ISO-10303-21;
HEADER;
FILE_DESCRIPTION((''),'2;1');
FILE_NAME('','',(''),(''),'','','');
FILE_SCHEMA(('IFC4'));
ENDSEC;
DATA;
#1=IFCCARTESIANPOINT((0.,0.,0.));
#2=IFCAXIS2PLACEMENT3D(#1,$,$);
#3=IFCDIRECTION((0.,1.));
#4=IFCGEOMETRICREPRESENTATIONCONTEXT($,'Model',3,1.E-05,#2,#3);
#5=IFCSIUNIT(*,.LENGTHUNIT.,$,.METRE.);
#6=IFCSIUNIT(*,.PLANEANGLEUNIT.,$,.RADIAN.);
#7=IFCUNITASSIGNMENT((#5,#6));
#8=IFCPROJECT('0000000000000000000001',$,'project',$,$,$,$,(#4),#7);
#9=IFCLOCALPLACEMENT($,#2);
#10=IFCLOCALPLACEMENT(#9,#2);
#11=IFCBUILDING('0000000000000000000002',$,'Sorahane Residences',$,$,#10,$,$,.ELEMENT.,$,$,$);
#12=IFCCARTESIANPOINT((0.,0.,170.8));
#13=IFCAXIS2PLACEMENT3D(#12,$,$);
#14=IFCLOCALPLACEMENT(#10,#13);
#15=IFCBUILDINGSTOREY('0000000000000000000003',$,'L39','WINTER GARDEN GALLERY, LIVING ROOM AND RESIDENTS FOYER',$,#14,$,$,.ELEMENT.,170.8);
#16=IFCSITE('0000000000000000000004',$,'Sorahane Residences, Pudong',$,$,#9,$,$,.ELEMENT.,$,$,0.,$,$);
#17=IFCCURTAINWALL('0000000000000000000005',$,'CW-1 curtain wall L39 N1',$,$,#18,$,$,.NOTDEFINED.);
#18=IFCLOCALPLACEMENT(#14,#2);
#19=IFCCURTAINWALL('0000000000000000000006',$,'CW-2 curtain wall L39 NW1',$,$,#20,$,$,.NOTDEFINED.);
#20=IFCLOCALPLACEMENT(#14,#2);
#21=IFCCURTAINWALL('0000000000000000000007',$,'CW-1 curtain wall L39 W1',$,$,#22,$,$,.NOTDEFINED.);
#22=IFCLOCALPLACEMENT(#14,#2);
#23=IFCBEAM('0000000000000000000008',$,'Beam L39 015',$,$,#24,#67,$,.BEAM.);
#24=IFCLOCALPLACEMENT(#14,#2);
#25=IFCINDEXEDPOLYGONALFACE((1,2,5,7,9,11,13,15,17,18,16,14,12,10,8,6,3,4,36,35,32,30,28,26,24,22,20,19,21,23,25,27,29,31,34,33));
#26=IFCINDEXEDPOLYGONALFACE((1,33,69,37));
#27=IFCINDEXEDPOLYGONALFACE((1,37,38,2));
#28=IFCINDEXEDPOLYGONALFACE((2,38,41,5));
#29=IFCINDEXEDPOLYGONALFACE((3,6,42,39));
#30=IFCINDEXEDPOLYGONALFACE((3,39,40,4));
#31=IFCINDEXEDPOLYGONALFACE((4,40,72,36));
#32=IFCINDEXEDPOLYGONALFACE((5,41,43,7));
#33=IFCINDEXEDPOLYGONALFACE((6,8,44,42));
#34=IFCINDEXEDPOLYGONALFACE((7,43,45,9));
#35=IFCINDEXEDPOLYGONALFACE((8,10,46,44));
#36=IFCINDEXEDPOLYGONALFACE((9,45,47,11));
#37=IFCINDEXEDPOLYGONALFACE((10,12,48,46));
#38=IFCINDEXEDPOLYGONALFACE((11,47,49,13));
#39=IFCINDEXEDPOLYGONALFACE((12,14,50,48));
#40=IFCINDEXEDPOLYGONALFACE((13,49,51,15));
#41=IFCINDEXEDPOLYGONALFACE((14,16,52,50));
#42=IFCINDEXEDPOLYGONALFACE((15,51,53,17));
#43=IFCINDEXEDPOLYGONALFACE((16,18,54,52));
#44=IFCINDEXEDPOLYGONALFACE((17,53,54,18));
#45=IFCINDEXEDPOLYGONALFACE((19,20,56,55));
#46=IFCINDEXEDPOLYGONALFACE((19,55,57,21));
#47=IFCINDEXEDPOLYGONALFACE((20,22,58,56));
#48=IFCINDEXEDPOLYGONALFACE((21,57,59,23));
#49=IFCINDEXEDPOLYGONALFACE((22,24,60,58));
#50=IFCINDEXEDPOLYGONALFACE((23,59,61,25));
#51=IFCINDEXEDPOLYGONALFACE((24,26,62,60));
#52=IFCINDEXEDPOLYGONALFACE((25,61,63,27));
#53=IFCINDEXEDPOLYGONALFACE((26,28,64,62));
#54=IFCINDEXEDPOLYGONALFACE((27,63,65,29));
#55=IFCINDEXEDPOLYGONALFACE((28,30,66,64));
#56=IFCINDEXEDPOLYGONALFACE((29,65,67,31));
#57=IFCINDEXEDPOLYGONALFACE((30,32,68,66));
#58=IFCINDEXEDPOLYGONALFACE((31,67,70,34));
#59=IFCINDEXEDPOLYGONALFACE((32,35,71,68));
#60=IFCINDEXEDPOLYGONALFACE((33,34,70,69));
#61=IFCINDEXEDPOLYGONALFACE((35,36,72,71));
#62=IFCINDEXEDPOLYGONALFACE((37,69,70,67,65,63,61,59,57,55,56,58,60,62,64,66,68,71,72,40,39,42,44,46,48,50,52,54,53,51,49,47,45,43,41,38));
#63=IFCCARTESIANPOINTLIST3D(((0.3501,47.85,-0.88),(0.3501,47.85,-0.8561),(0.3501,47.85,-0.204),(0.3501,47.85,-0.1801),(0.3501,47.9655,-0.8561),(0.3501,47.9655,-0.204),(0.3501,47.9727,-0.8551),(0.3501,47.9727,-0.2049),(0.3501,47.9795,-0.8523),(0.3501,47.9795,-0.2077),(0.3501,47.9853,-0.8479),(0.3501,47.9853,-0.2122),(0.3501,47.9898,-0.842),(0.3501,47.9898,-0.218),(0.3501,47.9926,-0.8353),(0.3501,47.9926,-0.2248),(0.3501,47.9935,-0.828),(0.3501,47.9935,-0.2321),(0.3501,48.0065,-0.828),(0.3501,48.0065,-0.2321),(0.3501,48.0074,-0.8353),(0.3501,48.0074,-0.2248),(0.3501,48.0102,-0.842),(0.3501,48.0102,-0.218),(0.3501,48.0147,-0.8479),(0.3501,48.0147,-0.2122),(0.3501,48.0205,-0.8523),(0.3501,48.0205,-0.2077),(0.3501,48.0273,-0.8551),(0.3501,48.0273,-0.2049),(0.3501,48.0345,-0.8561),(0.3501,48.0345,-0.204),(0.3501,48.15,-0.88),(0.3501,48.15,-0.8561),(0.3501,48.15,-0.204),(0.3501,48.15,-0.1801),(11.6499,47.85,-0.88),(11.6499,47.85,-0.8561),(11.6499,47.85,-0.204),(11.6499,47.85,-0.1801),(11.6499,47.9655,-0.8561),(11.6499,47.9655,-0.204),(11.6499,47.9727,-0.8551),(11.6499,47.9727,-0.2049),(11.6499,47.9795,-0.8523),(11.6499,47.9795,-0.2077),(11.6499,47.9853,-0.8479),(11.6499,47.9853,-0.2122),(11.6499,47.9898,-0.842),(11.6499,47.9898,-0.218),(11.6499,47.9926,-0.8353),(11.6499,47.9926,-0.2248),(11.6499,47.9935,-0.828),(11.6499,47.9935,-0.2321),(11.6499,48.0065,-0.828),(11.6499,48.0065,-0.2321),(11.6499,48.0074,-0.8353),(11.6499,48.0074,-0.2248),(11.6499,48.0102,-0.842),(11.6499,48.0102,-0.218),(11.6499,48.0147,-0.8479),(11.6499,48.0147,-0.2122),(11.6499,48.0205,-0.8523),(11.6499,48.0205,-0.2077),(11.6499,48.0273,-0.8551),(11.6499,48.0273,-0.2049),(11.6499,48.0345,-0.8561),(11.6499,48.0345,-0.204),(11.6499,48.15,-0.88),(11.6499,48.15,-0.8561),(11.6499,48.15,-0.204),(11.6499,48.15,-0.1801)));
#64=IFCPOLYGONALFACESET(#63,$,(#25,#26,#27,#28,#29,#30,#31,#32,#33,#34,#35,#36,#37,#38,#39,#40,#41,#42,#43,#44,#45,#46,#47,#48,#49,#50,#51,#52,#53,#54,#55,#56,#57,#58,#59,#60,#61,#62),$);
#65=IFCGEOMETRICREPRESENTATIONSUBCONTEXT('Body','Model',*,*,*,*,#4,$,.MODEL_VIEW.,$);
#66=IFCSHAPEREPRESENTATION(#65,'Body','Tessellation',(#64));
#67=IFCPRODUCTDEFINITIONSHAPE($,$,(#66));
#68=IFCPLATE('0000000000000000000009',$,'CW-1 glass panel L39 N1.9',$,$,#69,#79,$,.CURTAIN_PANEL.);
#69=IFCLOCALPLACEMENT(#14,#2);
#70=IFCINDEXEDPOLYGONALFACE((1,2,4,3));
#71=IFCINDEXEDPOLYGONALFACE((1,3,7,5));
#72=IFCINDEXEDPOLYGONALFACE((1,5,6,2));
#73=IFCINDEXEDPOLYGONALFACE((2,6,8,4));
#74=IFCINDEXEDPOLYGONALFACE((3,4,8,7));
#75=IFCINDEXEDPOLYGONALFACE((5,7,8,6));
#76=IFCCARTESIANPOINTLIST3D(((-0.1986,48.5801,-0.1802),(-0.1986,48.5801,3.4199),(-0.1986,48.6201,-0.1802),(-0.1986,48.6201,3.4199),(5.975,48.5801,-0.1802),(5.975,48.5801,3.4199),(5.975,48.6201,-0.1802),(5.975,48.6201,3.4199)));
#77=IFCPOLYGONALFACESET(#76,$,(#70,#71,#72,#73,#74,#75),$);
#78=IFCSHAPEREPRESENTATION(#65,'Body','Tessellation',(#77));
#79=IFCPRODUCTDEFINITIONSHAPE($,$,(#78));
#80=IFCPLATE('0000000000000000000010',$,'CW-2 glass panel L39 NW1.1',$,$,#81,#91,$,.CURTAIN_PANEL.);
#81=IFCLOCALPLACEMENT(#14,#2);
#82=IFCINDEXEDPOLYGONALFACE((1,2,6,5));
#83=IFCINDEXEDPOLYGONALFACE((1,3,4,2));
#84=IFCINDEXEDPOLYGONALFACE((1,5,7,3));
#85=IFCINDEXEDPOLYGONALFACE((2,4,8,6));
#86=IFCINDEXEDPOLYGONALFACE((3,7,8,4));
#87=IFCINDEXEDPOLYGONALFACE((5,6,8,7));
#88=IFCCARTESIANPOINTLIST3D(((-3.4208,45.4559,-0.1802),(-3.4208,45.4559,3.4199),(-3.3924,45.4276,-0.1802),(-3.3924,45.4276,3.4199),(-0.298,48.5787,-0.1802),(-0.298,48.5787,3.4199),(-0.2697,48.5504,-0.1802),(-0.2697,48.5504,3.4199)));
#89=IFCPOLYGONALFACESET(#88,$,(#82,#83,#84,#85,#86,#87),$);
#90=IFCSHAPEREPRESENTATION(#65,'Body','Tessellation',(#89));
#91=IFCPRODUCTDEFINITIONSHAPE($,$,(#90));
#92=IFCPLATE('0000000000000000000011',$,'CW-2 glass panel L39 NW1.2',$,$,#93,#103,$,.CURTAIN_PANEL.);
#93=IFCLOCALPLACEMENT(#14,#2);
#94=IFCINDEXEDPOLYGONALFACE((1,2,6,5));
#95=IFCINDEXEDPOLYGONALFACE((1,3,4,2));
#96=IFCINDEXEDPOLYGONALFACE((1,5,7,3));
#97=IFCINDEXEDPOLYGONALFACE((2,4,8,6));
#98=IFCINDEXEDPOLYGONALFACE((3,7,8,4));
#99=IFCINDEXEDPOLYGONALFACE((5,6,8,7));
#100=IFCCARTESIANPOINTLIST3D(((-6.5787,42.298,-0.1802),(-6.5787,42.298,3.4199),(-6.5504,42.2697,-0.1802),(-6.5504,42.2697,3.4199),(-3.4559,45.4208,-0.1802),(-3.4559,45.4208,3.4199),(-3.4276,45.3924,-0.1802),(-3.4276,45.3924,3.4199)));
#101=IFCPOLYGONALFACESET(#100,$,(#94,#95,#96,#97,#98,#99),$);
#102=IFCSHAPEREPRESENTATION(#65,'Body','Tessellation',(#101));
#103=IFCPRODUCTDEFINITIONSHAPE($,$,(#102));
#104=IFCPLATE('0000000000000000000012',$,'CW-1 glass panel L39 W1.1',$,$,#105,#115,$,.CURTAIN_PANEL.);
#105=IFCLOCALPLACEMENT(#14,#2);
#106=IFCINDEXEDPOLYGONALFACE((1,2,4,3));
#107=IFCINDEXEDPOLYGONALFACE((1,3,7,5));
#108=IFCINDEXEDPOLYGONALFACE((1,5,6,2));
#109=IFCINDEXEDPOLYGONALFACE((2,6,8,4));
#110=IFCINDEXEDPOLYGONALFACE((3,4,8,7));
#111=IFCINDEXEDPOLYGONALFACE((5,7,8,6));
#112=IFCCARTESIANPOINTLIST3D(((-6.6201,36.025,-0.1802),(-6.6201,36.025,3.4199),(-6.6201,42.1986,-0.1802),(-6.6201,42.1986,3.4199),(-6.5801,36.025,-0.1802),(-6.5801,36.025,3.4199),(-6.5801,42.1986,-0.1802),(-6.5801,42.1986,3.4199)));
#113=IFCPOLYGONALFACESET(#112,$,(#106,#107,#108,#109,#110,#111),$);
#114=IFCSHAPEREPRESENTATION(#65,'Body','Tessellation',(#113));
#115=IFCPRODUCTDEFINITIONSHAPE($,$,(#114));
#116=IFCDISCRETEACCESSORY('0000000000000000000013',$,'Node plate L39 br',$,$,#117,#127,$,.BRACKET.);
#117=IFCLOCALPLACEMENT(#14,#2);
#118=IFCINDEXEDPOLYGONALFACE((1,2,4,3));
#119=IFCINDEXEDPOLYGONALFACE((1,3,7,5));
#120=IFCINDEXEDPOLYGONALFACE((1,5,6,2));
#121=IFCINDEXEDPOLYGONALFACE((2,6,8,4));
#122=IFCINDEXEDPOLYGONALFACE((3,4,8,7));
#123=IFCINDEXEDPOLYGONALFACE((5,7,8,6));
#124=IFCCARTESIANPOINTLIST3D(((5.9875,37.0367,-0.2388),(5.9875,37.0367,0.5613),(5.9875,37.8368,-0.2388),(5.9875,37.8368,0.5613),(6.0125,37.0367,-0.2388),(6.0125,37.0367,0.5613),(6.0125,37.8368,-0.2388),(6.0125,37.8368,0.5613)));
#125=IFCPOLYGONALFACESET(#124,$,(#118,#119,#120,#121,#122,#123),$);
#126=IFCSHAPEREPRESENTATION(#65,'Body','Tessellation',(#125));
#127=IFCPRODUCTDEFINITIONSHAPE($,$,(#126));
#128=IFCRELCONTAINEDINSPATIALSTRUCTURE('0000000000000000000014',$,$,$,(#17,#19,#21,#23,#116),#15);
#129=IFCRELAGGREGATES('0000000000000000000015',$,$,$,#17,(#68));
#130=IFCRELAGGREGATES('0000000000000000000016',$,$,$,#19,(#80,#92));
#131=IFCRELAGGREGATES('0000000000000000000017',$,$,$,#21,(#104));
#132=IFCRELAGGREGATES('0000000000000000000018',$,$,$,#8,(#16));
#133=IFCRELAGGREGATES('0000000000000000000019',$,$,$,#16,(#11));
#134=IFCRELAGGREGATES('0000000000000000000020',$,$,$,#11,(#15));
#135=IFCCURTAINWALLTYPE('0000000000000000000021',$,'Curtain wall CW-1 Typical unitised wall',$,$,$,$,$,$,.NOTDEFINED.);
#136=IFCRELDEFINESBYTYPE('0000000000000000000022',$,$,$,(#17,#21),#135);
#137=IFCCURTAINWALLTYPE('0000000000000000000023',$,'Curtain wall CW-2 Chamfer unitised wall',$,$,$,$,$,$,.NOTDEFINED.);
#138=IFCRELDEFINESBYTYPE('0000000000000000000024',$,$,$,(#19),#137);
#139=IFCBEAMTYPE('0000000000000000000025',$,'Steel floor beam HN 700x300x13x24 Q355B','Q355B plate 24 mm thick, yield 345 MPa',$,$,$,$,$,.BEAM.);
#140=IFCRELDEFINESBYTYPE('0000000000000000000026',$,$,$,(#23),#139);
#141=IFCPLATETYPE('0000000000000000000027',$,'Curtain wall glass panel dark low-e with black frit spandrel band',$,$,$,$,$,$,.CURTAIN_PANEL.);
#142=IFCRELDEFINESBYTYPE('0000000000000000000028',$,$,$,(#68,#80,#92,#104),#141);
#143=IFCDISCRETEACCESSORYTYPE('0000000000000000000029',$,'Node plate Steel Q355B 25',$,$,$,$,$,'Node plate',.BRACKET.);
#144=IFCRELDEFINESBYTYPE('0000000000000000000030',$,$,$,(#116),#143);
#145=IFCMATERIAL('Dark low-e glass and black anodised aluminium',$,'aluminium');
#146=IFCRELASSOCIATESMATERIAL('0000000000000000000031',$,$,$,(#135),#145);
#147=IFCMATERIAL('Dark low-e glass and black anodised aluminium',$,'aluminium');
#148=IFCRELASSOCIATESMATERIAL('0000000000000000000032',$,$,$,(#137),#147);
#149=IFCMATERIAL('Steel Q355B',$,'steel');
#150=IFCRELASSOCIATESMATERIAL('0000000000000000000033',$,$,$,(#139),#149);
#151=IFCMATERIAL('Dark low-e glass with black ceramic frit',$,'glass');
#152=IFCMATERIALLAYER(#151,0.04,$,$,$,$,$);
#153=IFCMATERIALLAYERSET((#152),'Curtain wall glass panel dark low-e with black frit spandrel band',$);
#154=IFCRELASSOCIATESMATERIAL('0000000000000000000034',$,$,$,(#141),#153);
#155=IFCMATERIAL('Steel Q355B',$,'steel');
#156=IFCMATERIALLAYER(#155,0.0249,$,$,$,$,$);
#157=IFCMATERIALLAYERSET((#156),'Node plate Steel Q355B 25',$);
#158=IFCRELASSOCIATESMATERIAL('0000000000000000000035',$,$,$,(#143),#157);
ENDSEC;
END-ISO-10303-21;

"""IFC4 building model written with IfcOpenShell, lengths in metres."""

from ifc_helpers import new_model, si_unit, direction, frame, origin, origin_2d, place, context, subcontext, project, spatial, rectangle, i_section, extrude, material, layer, layer_set, material_profile, profile_set, type_object, element, aggregate, save


model = new_model("IFC4")

# Units and contexts
model_context = context("Model", 3, precision=1e-05, world=origin(), true_north=direction((0.0, 1.0)))
body_context = subcontext(model_context, "Body", "Model", "MODEL_VIEW")
ifc_project = project(units=[si_unit("LENGTHUNIT", "METRE"), si_unit("PLANEANGLEUNIT", "RADIAN")], contexts=[model_context])

# Site, building, storey
site_placement = place(None, origin())
site = spatial("IfcSite", under=ifc_project, at=site_placement, Name="Sorahane Residences, Pudong", CompositionType="ELEMENT", RefElevation=0.0)
building_placement = place(site_placement, origin())
building = spatial("IfcBuilding", under=site, at=building_placement, Name="Sorahane Residences", CompositionType="ELEMENT")
storey_placement = place(building_placement, frame((0.0, 0.0, 170.8)))
storey = spatial("IfcBuildingStorey", under=building, at=storey_placement, Name="L39", Description="WINTER GARDEN GALLERY, LIVING ROOM AND RESIDENTS FOYER", CompositionType="ELEMENT", Elevation=170.8)

# Curtain walls
ifc_material_1 = material(Name="Dark low-e glass and black anodised aluminium", Category="aluminium")
curtain_wall_type_1 = type_object("IfcCurtainWallType", Name="Curtain wall CW-1 Typical unitised wall", PredefinedType="NOTDEFINED", material=ifc_material_1)
curtain_wall_1_placement = place(storey_placement, origin())
curtain_wall_1 = element("IfcCurtainWall", 1, at=curtain_wall_1_placement, inside=storey, type_object=curtain_wall_type_1, Name="CW-1 curtain wall L39 N1", PredefinedType="NOTDEFINED")
ifc_material_2 = material(Name="Dark low-e glass and black anodised aluminium", Category="aluminium")
curtain_wall_type_2 = type_object("IfcCurtainWallType", Name="Curtain wall CW-2 Chamfer unitised wall", PredefinedType="NOTDEFINED", material=ifc_material_2)
curtain_wall_2_placement = place(storey_placement, origin())
curtain_wall_2 = element("IfcCurtainWall", 2, at=curtain_wall_2_placement, inside=storey, type_object=curtain_wall_type_2, Name="CW-2 curtain wall L39 NW1", PredefinedType="NOTDEFINED")

# Curtain wall
curtain_wall_3_placement = place(storey_placement, origin())
curtain_wall_3 = element("IfcCurtainWall", 3, at=curtain_wall_3_placement, inside=storey, type_object=curtain_wall_type_1, Name="CW-1 curtain wall L39 W1", PredefinedType="NOTDEFINED")

# Beam
ifc_material_3 = material(Name="Steel Q355B", Category="steel")
ifc_material_profile_1 = material_profile(ifc_material_3, i_section(OverallWidth=0.3, OverallDepth=0.7, WebThickness=0.0129, FlangeThickness=0.0239, FilletRadius=0.0281, at=origin_2d()), Name="HN 700x300x13x24")
ifc_profile_set_1 = profile_set([ifc_material_profile_1], Name="Steel Q355B")
beam_type_1 = type_object("IfcBeamType", Name="Steel floor beam HN 700x300x13x24 Q355B", Description="Q355B plate 24 mm thick, yield 345 MPa", PredefinedType="BEAM", material=ifc_profile_set_1)
beam_1_placement = place(storey_placement, frame((0.3501, 48.0, -0.53), z_axis=(1.0, 0.0, 0.0), x_axis=(0.0, 1.0, 0.0)))
element("IfcBeam", 4, at=beam_1_placement, inside=storey, type_object=beam_type_1, Name="Beam L39 015", PredefinedType="BEAM", context=body_context, shape_type="SweptSolid", body=[
    extrude(i_section(OverallWidth=0.3, OverallDepth=0.7, WebThickness=0.0129, FlangeThickness=0.0239, FilletRadius=0.0281, at=origin_2d()), origin(), (0.0, 0.0, 1.0), 11.2998),
])

# Plates
ifc_material_4 = material(Name="Dark low-e glass with black ceramic frit", Category="glass")
ifc_layer_1 = layer(ifc_material_4, 0.04)
ifc_layer_set_1 = layer_set([ifc_layer_1], Name="Curtain wall glass panel dark low-e with black frit spandrel band")
plate_type = type_object("IfcPlateType", Name="Curtain wall glass panel dark low-e with black frit spandrel band", PredefinedType="CURTAIN_PANEL", material=ifc_layer_set_1)
plate_1_placement = place(storey_placement, frame((2.8882, 48.6001, -0.1802), z_axis=(0.0, 0.0, 1.0), x_axis=(-1.0, 0.0, 0.0)))
plate_1 = element("IfcPlate", 5, at=plate_1_placement, type_object=plate_type, Name="CW-1 glass panel L39 N1.9", PredefinedType="CURTAIN_PANEL", context=body_context, shape_type="SweptSolid", body=[
    extrude(rectangle(XDim=6.1736, YDim=0.04, at=origin_2d()), origin(), (0.0, 0.0, 1.0), 3.6001),
])
aggregate(curtain_wall_1, [plate_1])
plate_2_placement = place(storey_placement, frame((-1.8452, 47.0032, -0.1802), z_axis=(0.0, 0.0, 1.0), x_axis=(-0.707107, -0.707107, 0.0)))
plate_2 = element("IfcPlate", 6, at=plate_2_placement, type_object=plate_type, Name="CW-2 glass panel L39 NW1.1", PredefinedType="CURTAIN_PANEL", context=body_context, shape_type="SweptSolid", body=[
    extrude(rectangle(XDim=4.4163, YDim=0.04, at=origin_2d()), origin(), (0.0, 0.0, 1.0), 3.6001),
])
plate_3_placement = place(storey_placement, frame((-5.0032, 43.8452, -0.1802), z_axis=(0.0, 0.0, 1.0), x_axis=(-0.707107, -0.707107, 0.0)))
plate_3 = element("IfcPlate", 7, at=plate_3_placement, type_object=plate_type, Name="CW-2 glass panel L39 NW1.2", PredefinedType="CURTAIN_PANEL", context=body_context, shape_type="SweptSolid", body=[
    extrude(rectangle(XDim=4.4163, YDim=0.04, at=origin_2d()), origin(), (0.0, 0.0, 1.0), 3.6001),
])
aggregate(curtain_wall_2, [plate_2, plate_3])
plate_4_placement = place(storey_placement, frame((-6.6001, 39.1118, -0.1802), z_axis=(0.0, 0.0, 1.0), x_axis=(0.0, -1.0, 0.0)))
plate_4 = element("IfcPlate", 8, at=plate_4_placement, type_object=plate_type, Name="CW-1 glass panel L39 W1.1", PredefinedType="CURTAIN_PANEL", context=body_context, shape_type="SweptSolid", body=[
    extrude(rectangle(XDim=6.1736, YDim=0.04, at=origin_2d()), origin(), (0.0, 0.0, 1.0), 3.6001),
])
aggregate(curtain_wall_3, [plate_4])

# Discrete accessory
ifc_material_5 = material(Name="Steel Q355B", Category="steel")
ifc_layer_2 = layer(ifc_material_5, 0.0249)
ifc_layer_set_2 = layer_set([ifc_layer_2], Name="Node plate Steel Q355B 25")
discrete_accessory_type = type_object("IfcDiscreteAccessoryType", Name="Node plate Steel Q355B 25", ElementType="Node plate", PredefinedType="BRACKET", material=ifc_layer_set_2)
discrete_accessory_placement = place(storey_placement, frame((6.0, 37.4368, -0.2388), z_axis=(0.0, 0.0, 1.0), x_axis=(0.0, 1.0, 0.0)))
element("IfcDiscreteAccessory", 9, at=discrete_accessory_placement, inside=storey, type_object=discrete_accessory_type, Name="Node plate L39 br", PredefinedType="BRACKET", context=body_context, shape_type="SweptSolid", body=[
    extrude(rectangle(XDim=0.8, YDim=0.0249, at=origin_2d()), origin(), (0.0, 0.0, 1.0), 0.8),
])

save(model, "model.ifc")
